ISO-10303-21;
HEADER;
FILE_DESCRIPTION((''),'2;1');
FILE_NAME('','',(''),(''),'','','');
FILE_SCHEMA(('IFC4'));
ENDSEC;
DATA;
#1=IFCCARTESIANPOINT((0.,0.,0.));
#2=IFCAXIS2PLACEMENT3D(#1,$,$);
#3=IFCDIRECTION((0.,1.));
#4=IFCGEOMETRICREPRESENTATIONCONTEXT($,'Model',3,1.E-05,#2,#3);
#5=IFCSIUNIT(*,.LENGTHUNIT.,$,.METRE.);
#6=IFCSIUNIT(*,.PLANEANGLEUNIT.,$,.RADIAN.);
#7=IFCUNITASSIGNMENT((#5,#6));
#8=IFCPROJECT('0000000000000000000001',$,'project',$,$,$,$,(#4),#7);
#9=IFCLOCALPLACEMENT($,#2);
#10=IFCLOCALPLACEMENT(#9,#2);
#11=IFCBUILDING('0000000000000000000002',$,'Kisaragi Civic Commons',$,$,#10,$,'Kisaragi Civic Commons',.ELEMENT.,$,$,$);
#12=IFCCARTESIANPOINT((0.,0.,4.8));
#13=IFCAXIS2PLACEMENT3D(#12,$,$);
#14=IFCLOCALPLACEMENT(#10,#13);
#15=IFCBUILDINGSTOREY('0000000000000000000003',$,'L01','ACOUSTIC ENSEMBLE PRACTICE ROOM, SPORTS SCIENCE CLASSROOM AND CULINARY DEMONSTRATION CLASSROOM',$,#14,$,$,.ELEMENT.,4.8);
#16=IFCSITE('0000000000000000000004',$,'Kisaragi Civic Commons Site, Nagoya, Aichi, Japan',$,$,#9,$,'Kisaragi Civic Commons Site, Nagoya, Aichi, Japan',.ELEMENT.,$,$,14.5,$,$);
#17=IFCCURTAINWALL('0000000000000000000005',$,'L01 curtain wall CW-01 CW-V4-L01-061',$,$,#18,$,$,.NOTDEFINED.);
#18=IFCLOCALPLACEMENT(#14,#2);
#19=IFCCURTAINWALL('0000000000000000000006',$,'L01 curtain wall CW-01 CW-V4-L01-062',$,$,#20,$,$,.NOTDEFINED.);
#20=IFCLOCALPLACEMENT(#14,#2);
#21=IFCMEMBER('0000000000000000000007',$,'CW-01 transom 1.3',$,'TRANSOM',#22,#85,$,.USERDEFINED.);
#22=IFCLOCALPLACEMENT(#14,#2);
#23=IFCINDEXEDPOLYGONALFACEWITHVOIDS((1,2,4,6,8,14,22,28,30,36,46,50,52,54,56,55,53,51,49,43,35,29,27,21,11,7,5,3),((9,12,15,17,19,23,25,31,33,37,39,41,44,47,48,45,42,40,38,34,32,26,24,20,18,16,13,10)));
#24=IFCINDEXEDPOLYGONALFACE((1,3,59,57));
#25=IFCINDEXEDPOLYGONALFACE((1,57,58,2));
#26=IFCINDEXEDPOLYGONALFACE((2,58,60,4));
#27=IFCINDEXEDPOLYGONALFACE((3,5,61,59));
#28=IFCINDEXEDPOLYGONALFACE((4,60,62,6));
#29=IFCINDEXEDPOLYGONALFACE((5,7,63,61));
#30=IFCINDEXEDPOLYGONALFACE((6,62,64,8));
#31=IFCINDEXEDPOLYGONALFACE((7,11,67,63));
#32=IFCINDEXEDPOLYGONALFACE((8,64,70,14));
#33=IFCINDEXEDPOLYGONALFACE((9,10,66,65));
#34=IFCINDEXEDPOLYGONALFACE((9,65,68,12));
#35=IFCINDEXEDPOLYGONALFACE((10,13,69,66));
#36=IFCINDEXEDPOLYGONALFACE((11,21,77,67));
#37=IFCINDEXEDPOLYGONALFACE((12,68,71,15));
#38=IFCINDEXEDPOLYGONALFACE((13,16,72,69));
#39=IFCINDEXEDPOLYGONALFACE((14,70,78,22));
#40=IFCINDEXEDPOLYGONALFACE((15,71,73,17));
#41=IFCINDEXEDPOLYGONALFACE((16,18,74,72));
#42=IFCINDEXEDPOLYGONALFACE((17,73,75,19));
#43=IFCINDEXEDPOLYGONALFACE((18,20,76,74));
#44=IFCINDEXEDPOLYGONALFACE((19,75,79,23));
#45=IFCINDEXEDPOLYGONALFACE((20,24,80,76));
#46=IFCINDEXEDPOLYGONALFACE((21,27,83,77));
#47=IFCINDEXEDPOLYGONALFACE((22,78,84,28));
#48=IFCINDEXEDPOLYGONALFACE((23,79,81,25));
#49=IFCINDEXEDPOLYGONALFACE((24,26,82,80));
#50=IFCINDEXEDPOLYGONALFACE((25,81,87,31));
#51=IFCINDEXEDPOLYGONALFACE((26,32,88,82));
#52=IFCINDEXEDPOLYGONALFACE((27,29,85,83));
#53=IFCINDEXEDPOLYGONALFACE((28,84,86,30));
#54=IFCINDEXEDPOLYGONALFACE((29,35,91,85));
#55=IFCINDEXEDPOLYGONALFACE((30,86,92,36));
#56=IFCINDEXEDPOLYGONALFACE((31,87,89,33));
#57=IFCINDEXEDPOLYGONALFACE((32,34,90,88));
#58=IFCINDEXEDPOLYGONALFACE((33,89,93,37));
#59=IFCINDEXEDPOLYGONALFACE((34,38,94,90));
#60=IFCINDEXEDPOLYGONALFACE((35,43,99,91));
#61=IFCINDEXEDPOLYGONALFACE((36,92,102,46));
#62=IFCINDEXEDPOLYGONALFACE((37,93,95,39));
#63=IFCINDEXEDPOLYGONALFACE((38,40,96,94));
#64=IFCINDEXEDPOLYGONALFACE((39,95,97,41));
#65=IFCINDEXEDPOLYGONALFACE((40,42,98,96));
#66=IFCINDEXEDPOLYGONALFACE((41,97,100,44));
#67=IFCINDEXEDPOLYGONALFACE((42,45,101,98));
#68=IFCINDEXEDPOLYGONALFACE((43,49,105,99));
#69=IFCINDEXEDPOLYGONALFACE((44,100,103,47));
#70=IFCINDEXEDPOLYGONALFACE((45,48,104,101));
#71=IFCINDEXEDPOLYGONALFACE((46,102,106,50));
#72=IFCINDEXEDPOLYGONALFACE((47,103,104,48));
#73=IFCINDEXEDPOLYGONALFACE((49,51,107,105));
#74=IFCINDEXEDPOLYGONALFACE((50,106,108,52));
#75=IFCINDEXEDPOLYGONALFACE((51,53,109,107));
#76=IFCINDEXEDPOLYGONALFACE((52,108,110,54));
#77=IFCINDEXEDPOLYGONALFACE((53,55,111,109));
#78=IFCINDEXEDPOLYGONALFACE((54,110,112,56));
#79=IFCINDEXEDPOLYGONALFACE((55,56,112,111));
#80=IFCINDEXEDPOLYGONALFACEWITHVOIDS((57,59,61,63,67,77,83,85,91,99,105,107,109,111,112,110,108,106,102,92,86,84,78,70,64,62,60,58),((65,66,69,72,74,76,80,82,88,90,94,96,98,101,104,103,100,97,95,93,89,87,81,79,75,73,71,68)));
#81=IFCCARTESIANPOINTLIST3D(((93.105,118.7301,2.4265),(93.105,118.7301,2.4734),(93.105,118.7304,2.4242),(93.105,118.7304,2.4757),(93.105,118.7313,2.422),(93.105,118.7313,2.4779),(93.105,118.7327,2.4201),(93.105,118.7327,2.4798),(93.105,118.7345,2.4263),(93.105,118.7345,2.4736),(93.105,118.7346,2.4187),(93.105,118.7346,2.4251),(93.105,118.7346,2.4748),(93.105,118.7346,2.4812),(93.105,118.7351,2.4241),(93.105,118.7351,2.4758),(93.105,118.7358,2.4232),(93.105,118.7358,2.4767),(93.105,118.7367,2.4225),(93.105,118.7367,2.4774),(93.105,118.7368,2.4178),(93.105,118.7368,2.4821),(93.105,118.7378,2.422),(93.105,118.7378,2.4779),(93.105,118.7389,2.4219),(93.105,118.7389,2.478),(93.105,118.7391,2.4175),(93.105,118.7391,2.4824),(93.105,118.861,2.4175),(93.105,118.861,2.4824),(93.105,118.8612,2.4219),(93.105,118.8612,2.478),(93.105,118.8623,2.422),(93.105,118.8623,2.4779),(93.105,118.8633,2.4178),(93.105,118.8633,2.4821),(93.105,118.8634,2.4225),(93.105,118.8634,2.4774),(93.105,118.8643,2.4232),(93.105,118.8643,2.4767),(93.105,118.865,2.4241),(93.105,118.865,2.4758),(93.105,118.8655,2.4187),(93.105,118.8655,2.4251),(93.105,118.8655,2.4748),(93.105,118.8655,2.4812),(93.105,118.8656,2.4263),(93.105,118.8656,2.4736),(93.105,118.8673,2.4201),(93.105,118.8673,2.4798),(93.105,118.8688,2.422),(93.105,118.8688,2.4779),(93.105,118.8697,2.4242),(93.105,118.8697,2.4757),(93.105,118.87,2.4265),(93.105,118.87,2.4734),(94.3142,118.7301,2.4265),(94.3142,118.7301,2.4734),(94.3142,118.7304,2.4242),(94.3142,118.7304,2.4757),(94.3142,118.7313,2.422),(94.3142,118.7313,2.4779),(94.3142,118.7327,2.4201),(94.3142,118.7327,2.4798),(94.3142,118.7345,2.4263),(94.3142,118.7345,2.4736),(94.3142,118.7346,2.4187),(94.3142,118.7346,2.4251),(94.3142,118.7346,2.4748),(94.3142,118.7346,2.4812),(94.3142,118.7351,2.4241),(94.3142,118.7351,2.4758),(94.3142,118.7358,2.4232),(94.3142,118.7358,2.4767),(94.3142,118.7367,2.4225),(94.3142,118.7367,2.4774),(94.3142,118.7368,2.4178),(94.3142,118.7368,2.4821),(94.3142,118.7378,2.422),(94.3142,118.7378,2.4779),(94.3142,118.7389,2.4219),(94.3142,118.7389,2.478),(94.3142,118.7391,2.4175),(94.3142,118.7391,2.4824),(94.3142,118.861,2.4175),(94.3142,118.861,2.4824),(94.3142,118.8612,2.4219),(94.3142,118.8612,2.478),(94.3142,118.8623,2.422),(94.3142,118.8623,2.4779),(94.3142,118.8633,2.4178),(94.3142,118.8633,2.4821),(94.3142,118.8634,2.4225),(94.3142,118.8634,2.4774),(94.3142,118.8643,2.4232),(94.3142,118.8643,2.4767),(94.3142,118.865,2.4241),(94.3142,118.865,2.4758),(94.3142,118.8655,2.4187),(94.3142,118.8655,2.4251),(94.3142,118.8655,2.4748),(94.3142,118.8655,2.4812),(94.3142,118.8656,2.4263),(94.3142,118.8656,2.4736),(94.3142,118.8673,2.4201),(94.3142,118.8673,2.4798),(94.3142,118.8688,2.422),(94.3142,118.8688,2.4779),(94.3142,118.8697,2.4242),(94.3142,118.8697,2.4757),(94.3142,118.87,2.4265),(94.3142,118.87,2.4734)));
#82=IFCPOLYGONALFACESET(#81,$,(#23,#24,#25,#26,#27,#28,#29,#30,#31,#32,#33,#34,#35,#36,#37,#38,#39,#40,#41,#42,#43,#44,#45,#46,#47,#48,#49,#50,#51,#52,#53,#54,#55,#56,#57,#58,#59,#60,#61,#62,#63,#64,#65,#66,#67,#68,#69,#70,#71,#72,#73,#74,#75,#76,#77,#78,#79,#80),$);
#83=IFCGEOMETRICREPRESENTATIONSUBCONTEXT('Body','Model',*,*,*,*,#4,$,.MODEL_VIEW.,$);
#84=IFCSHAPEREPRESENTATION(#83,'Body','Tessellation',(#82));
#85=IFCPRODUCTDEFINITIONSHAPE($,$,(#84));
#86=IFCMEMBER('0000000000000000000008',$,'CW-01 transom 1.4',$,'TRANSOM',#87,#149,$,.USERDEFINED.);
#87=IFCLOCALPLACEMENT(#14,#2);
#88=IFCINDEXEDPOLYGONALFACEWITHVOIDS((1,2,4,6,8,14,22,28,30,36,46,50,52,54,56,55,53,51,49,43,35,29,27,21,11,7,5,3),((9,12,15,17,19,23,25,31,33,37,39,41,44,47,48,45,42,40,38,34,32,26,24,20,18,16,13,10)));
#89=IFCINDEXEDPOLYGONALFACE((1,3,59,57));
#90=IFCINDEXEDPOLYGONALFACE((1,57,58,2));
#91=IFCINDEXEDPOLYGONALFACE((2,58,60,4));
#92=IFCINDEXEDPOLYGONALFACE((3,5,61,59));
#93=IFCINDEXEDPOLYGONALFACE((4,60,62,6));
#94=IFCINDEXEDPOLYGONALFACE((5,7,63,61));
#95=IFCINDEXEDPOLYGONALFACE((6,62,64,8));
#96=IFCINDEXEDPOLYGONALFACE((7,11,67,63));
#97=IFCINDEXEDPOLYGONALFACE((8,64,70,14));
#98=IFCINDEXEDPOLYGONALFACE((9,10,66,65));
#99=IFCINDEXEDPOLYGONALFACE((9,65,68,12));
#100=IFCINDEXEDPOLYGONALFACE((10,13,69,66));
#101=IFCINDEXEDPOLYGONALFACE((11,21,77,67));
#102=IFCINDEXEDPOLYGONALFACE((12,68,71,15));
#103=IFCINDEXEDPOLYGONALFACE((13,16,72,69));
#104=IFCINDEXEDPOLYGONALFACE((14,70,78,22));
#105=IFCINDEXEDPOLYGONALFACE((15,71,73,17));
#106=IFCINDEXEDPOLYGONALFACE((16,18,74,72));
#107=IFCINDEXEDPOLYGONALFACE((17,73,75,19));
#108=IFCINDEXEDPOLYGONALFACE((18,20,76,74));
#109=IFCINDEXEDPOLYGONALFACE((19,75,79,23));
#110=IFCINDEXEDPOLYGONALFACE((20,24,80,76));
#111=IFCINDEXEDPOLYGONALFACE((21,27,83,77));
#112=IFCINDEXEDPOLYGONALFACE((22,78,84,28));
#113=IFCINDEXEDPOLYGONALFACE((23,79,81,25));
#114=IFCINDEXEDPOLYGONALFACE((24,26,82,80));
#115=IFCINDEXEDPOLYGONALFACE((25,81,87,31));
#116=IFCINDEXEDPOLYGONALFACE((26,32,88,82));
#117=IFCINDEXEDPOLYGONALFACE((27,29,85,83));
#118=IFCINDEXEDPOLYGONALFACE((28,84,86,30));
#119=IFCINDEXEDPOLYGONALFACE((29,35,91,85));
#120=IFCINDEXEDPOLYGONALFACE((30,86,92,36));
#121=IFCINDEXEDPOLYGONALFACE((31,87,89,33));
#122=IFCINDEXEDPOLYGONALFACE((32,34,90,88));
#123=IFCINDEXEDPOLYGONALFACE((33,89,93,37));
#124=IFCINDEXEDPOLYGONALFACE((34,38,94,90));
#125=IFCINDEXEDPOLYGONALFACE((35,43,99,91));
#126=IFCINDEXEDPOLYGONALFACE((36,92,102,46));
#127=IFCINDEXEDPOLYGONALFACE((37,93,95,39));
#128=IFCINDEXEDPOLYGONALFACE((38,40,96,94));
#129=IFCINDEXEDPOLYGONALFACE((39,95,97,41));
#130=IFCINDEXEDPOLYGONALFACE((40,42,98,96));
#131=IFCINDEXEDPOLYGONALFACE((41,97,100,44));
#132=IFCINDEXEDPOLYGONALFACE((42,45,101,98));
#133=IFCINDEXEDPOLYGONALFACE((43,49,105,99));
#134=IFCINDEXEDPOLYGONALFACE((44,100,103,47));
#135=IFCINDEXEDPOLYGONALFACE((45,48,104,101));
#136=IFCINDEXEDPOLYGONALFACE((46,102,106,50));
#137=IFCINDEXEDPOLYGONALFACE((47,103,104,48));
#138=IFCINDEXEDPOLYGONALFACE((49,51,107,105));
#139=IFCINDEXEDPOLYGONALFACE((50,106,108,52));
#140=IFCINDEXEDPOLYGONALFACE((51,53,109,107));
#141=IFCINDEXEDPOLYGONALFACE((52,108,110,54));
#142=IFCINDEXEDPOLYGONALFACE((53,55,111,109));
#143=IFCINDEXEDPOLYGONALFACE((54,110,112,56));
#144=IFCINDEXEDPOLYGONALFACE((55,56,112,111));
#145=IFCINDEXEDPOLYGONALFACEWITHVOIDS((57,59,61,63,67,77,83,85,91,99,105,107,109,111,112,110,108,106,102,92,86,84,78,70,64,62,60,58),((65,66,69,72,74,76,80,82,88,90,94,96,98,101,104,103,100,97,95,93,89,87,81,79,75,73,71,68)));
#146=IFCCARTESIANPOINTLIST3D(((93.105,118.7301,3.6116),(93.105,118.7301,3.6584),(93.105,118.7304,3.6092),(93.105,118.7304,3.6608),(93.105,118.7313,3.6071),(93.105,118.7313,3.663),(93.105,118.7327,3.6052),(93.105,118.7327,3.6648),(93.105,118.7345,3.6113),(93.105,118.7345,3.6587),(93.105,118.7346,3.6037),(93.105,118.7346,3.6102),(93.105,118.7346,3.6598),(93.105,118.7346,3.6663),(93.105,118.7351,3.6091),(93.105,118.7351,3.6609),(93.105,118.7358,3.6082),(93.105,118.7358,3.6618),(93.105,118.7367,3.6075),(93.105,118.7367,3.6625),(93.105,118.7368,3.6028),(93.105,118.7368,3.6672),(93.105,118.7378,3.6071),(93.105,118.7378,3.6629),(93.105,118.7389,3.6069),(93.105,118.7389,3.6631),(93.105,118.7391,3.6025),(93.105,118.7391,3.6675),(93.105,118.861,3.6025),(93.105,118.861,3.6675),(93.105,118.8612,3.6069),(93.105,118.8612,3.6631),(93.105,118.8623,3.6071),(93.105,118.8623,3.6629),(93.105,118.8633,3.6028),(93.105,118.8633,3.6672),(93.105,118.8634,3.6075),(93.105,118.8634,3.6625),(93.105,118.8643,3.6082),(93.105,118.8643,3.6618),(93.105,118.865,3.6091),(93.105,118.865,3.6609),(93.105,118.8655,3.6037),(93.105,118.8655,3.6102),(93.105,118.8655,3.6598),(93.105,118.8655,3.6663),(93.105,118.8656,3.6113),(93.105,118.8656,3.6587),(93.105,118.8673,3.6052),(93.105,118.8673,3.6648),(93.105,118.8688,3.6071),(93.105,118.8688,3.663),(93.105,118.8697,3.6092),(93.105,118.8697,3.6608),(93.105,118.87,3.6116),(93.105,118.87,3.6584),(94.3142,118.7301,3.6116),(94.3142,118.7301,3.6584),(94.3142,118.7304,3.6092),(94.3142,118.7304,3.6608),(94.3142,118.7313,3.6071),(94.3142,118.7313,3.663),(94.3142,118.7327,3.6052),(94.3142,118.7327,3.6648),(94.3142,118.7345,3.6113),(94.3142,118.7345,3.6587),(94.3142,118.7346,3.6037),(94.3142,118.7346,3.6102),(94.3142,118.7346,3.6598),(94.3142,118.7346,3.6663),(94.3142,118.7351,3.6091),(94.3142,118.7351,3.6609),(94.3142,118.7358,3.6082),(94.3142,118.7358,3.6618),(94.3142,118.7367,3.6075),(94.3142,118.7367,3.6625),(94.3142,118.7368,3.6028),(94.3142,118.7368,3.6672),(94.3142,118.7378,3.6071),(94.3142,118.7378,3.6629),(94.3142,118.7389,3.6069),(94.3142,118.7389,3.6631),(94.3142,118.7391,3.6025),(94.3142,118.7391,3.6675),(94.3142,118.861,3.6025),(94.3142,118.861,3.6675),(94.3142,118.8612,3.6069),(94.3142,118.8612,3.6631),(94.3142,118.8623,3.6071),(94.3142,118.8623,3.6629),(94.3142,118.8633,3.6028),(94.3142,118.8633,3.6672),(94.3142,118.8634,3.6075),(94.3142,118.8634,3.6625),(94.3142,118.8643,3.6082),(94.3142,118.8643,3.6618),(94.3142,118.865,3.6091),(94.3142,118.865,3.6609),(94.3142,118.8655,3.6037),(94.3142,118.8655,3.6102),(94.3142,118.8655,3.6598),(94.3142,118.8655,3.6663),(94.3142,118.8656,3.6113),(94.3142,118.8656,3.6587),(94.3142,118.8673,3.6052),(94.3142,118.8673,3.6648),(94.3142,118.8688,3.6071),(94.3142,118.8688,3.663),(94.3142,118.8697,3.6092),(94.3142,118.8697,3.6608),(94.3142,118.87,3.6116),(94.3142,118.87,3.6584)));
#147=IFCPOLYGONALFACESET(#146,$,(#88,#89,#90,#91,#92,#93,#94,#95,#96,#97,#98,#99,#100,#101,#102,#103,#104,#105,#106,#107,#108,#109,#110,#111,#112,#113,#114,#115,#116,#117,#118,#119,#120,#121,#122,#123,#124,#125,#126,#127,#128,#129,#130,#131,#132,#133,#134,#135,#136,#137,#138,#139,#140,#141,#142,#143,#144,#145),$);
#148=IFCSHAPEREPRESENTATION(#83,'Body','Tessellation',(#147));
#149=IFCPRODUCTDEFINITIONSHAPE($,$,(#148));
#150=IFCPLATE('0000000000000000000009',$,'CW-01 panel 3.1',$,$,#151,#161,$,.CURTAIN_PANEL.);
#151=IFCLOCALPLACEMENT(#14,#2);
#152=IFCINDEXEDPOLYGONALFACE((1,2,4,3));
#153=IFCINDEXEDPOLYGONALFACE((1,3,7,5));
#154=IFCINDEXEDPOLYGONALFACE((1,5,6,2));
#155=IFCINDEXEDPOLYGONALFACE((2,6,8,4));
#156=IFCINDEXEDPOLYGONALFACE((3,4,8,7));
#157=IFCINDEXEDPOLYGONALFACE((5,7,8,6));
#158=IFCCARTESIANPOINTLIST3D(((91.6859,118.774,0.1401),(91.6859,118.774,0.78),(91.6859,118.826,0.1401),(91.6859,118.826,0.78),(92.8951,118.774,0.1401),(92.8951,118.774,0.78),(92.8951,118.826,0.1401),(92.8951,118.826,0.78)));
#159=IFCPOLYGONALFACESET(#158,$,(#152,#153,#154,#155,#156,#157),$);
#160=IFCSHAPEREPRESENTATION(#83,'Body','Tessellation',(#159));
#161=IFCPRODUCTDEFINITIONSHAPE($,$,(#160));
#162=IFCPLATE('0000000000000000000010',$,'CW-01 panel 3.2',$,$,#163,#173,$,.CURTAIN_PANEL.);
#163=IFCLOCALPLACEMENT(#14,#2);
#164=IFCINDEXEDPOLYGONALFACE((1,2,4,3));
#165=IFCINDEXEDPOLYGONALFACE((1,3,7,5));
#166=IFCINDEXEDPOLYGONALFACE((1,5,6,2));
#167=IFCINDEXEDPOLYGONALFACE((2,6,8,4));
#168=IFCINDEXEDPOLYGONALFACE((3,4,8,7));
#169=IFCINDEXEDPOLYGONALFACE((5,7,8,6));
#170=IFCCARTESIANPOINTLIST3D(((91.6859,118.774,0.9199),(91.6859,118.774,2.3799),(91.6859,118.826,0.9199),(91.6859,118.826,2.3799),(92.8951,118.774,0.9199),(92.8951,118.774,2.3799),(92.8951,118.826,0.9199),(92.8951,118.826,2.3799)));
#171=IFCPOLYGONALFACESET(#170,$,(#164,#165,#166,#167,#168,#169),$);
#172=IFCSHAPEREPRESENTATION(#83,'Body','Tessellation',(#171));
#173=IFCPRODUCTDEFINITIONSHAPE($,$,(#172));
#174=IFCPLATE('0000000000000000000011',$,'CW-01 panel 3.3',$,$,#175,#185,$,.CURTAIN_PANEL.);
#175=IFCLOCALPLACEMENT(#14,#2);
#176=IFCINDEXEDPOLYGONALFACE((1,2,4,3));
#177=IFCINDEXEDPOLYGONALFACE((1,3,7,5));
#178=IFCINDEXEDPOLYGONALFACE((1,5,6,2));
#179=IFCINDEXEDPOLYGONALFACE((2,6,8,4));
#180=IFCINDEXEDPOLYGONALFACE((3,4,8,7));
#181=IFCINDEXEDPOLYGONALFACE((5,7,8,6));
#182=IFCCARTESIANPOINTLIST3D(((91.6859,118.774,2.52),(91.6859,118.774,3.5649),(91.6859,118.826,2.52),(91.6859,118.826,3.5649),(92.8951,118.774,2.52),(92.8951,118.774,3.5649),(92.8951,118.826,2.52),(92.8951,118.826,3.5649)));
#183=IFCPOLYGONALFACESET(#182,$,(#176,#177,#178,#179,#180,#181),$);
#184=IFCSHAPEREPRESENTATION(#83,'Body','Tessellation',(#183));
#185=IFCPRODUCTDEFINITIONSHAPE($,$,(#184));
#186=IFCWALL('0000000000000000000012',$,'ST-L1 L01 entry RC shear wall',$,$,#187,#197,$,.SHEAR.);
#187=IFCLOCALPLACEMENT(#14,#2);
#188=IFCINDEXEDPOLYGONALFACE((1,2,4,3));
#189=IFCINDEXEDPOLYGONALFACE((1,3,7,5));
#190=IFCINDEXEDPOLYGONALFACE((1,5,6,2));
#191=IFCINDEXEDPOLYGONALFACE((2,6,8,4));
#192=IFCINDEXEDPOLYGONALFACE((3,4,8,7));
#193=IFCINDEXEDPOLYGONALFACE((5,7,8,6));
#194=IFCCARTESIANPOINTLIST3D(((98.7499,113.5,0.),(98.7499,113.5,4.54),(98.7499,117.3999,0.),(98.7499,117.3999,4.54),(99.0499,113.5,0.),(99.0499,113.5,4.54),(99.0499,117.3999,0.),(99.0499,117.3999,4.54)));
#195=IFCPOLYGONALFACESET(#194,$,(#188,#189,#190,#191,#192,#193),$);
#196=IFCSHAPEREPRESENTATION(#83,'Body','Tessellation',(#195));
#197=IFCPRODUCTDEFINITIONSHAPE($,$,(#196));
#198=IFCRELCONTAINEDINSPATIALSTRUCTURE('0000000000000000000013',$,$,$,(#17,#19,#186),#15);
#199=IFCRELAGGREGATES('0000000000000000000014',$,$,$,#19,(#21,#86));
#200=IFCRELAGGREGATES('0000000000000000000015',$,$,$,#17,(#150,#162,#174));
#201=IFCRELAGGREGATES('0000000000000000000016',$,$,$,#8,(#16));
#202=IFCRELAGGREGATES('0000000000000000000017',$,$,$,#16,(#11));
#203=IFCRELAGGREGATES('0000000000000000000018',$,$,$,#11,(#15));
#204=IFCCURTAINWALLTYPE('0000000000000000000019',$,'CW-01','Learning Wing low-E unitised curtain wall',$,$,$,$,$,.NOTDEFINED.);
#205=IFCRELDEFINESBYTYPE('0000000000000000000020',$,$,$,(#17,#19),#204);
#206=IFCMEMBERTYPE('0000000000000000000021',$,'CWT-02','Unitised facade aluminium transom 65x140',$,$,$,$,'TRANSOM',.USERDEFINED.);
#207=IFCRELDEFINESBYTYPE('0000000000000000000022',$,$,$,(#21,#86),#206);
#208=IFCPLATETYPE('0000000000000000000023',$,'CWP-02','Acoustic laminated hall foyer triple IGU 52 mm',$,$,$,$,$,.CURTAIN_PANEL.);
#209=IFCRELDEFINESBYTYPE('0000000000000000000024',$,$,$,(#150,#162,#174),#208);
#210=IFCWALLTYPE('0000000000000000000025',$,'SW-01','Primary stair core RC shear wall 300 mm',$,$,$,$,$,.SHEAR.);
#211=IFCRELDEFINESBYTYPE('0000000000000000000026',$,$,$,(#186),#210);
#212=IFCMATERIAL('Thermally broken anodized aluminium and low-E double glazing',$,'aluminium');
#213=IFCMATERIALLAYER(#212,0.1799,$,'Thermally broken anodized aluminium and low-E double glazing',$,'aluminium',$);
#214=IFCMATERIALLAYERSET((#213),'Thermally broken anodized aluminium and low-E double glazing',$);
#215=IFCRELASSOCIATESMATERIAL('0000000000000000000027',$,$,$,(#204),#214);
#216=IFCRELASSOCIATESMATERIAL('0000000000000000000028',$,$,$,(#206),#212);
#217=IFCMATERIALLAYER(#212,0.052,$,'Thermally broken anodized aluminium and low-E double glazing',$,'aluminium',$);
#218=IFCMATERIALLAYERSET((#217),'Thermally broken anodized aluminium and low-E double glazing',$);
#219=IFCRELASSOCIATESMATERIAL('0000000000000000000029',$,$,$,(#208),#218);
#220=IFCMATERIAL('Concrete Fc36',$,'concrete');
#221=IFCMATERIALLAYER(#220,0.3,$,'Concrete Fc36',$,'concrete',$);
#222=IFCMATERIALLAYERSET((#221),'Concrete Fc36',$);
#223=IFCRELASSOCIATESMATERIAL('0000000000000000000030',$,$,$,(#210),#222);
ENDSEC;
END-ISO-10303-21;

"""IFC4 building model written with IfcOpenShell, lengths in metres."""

from ifc_helpers import new_model, si_unit, direction, frame, frame_2d, origin, origin_2d, place, context, subcontext, project, spatial, rectangle, hollow_rectangle, extrude, material, layer, layer_set, material_profile, profile_set, type_object, element, aggregate, save


model = new_model("IFC4")

# Units and contexts
model_context = context("Model", 3, precision=1e-05, world=origin(), true_north=direction((0.0, 1.0)))
body_context = subcontext(model_context, "Body", "Model", "MODEL_VIEW")
ifc_project = project(units=[si_unit("LENGTHUNIT", "METRE"), si_unit("PLANEANGLEUNIT", "RADIAN")], contexts=[model_context])

# Site, building, storey
site_placement = place(None, origin())
site = spatial("IfcSite", under=ifc_project, at=site_placement, Name="Kisaragi Civic Commons Site, Nagoya, Aichi, Japan", LongName="Kisaragi Civic Commons Site, Nagoya, Aichi, Japan", CompositionType="ELEMENT", RefElevation=14.5)
building_placement = place(site_placement, origin())
building = spatial("IfcBuilding", under=site, at=building_placement, Name="Kisaragi Civic Commons", LongName="Kisaragi Civic Commons", CompositionType="ELEMENT")
storey_placement = place(building_placement, frame((0.0, 0.0, 4.8)))
storey = spatial("IfcBuildingStorey", under=building, at=storey_placement, Name="L01", Description="ACOUSTIC ENSEMBLE PRACTICE ROOM, SPORTS SCIENCE CLASSROOM AND CULINARY DEMONSTRATION CLASSROOM", CompositionType="ELEMENT", Elevation=4.8)

# Curtain walls
ifc_material_1 = material(Name="Thermally broken anodized aluminium and low-E double glazing", Category="aluminium")
ifc_layer_1 = layer(ifc_material_1, 0.1799, Name="Thermally broken anodized aluminium and low-E double glazing", Category="aluminium")
ifc_layer_set_1 = layer_set([ifc_layer_1], Name="Thermally broken anodized aluminium and low-E double glazing")
curtain_wall_type = type_object("IfcCurtainWallType", Name="CW-01", Description="Learning Wing low-E unitised curtain wall", PredefinedType="NOTDEFINED", material=ifc_layer_set_1)
curtain_wall_1_placement = place(storey_placement, origin())
curtain_wall_1 = element("IfcCurtainWall", 1, at=curtain_wall_1_placement, inside=storey, type_object=curtain_wall_type, Name="L01 curtain wall CW-01 CW-V4-L01-061", PredefinedType="NOTDEFINED")
curtain_wall_2_placement = place(storey_placement, origin())
curtain_wall_2 = element("IfcCurtainWall", 2, at=curtain_wall_2_placement, inside=storey, type_object=curtain_wall_type, Name="L01 curtain wall CW-01 CW-V4-L01-062", PredefinedType="NOTDEFINED")

# Members
ifc_material_profile_1 = material_profile(ifc_material_1, hollow_rectangle(XDim=0.1399, YDim=0.0649, WallThickness=0.0044, InnerFilletRadius=0.0044, OuterFilletRadius=0.009, at=origin_2d()), Name="CWT-65x140x4.5", Category="aluminium")
ifc_profile_set_1 = profile_set([ifc_material_profile_1], Name="Thermally broken anodized aluminium and low-E double glazing")
member_type_1 = type_object("IfcMemberType", Name="CWT-02", Description="Unitised facade aluminium transom 65x140", ElementType="TRANSOM", PredefinedType="USERDEFINED", material=ifc_profile_set_1)
member_1_placement = place(storey_placement, frame((93.105, 118.8, 2.45), z_axis=(1.0, 0.0, 0.0), x_axis=(0.0, 1.0, 0.0)))
member_1 = element("IfcMember", 3, at=member_1_placement, type_object=member_type_1, Name="CW-01 transom 1.3", ObjectType="TRANSOM", PredefinedType="USERDEFINED", context=body_context, shape_type="SweptSolid", body=[
    extrude(hollow_rectangle(XDim=0.1399, YDim=0.0649, WallThickness=0.0044, InnerFilletRadius=0.0044, OuterFilletRadius=0.009, at=origin_2d()), origin(), (0.0, 0.0, 1.0), 1.2092),
])
member_2_placement = place(storey_placement, frame((93.105, 118.8, 3.635), z_axis=(1.0, 0.0, 0.0), x_axis=(0.0, 1.0, 0.0)))
member_2 = element("IfcMember", 4, at=member_2_placement, type_object=member_type_1, Name="CW-01 transom 1.4", ObjectType="TRANSOM", PredefinedType="USERDEFINED", context=body_context, shape_type="SweptSolid", body=[
    extrude(hollow_rectangle(XDim=0.1399, YDim=0.0649, WallThickness=0.0044, InnerFilletRadius=0.0044, OuterFilletRadius=0.009, at=origin_2d()), origin(), (0.0, 0.0, 1.0), 1.2092),
])
aggregate(curtain_wall_2, [member_1, member_2])

# Plates
ifc_layer_2 = layer(ifc_material_1, 0.052, Name="Thermally broken anodized aluminium and low-E double glazing", Category="aluminium")
ifc_layer_set_2 = layer_set([ifc_layer_2], Name="Thermally broken anodized aluminium and low-E double glazing")
plate_type = type_object("IfcPlateType", Name="CWP-02", Description="Acoustic laminated hall foyer triple IGU 52 mm", PredefinedType="CURTAIN_PANEL", material=ifc_layer_set_2)
plate_1_placement = place(storey_placement, frame((92.2905, 118.8, 0.1401), z_axis=(0.0, 0.0, 1.0), x_axis=(1.0, 0.0, 0.0)))
plate_1 = element("IfcPlate", 5, at=plate_1_placement, type_object=plate_type, Name="CW-01 panel 3.1", PredefinedType="CURTAIN_PANEL", context=body_context, shape_type="SweptSolid", body=[
    extrude(rectangle(XDim=1.2092, YDim=0.052, at=origin_2d()), origin(), (0.0, 0.0, 1.0), 0.6399),
])
plate_2_placement = place(storey_placement, frame((92.2905, 118.8, 0.9199), z_axis=(0.0, 0.0, 1.0), x_axis=(1.0, 0.0, 0.0)))
plate_2 = element("IfcPlate", 6, at=plate_2_placement, type_object=plate_type, Name="CW-01 panel 3.2", PredefinedType="CURTAIN_PANEL", context=body_context, shape_type="SweptSolid", body=[
    extrude(rectangle(XDim=1.2092, YDim=0.052, at=origin_2d()), origin(), (0.0, 0.0, 1.0), 1.46),
])
plate_3_placement = place(storey_placement, frame((92.2905, 118.8, 2.52), z_axis=(0.0, 0.0, 1.0), x_axis=(1.0, 0.0, 0.0)))
plate_3 = element("IfcPlate", 7, at=plate_3_placement, type_object=plate_type, Name="CW-01 panel 3.3", PredefinedType="CURTAIN_PANEL", context=body_context, shape_type="SweptSolid", body=[
    extrude(rectangle(XDim=1.2092, YDim=0.052, at=origin_2d()), origin(), (0.0, 0.0, 1.0), 1.0449),
])
aggregate(curtain_wall_1, [plate_1, plate_2, plate_3])

# Wall
ifc_material_2 = material(Name="Concrete Fc36", Category="concrete")
ifc_layer_3 = layer(ifc_material_2, 0.3, Name="Concrete Fc36", Category="concrete")
ifc_layer_set_3 = layer_set([ifc_layer_3], Name="Concrete Fc36")
wall_type = type_object("IfcWallType", Name="SW-01", Description="Primary stair core RC shear wall 300 mm", PredefinedType="SHEAR", material=ifc_layer_set_3)
wall_1_placement = place(storey_placement, frame((98.8999, 117.3999, 0.0), z_axis=(0.0, 0.0, 1.0), x_axis=(0.0, -1.0, 0.0)))
element("IfcWall", 8, at=wall_1_placement, inside=storey, type_object=wall_type, Name="ST-L1 L01 entry RC shear wall", PredefinedType="SHEAR", context=body_context, shape_type="SweptSolid", body=[
    extrude(rectangle(XDim=3.8999, YDim=0.3, at=frame_2d((1.95, 0.0))), origin(), (0.0, 0.0, 1.0), 4.54),
])

save(model, "model.ifc")
